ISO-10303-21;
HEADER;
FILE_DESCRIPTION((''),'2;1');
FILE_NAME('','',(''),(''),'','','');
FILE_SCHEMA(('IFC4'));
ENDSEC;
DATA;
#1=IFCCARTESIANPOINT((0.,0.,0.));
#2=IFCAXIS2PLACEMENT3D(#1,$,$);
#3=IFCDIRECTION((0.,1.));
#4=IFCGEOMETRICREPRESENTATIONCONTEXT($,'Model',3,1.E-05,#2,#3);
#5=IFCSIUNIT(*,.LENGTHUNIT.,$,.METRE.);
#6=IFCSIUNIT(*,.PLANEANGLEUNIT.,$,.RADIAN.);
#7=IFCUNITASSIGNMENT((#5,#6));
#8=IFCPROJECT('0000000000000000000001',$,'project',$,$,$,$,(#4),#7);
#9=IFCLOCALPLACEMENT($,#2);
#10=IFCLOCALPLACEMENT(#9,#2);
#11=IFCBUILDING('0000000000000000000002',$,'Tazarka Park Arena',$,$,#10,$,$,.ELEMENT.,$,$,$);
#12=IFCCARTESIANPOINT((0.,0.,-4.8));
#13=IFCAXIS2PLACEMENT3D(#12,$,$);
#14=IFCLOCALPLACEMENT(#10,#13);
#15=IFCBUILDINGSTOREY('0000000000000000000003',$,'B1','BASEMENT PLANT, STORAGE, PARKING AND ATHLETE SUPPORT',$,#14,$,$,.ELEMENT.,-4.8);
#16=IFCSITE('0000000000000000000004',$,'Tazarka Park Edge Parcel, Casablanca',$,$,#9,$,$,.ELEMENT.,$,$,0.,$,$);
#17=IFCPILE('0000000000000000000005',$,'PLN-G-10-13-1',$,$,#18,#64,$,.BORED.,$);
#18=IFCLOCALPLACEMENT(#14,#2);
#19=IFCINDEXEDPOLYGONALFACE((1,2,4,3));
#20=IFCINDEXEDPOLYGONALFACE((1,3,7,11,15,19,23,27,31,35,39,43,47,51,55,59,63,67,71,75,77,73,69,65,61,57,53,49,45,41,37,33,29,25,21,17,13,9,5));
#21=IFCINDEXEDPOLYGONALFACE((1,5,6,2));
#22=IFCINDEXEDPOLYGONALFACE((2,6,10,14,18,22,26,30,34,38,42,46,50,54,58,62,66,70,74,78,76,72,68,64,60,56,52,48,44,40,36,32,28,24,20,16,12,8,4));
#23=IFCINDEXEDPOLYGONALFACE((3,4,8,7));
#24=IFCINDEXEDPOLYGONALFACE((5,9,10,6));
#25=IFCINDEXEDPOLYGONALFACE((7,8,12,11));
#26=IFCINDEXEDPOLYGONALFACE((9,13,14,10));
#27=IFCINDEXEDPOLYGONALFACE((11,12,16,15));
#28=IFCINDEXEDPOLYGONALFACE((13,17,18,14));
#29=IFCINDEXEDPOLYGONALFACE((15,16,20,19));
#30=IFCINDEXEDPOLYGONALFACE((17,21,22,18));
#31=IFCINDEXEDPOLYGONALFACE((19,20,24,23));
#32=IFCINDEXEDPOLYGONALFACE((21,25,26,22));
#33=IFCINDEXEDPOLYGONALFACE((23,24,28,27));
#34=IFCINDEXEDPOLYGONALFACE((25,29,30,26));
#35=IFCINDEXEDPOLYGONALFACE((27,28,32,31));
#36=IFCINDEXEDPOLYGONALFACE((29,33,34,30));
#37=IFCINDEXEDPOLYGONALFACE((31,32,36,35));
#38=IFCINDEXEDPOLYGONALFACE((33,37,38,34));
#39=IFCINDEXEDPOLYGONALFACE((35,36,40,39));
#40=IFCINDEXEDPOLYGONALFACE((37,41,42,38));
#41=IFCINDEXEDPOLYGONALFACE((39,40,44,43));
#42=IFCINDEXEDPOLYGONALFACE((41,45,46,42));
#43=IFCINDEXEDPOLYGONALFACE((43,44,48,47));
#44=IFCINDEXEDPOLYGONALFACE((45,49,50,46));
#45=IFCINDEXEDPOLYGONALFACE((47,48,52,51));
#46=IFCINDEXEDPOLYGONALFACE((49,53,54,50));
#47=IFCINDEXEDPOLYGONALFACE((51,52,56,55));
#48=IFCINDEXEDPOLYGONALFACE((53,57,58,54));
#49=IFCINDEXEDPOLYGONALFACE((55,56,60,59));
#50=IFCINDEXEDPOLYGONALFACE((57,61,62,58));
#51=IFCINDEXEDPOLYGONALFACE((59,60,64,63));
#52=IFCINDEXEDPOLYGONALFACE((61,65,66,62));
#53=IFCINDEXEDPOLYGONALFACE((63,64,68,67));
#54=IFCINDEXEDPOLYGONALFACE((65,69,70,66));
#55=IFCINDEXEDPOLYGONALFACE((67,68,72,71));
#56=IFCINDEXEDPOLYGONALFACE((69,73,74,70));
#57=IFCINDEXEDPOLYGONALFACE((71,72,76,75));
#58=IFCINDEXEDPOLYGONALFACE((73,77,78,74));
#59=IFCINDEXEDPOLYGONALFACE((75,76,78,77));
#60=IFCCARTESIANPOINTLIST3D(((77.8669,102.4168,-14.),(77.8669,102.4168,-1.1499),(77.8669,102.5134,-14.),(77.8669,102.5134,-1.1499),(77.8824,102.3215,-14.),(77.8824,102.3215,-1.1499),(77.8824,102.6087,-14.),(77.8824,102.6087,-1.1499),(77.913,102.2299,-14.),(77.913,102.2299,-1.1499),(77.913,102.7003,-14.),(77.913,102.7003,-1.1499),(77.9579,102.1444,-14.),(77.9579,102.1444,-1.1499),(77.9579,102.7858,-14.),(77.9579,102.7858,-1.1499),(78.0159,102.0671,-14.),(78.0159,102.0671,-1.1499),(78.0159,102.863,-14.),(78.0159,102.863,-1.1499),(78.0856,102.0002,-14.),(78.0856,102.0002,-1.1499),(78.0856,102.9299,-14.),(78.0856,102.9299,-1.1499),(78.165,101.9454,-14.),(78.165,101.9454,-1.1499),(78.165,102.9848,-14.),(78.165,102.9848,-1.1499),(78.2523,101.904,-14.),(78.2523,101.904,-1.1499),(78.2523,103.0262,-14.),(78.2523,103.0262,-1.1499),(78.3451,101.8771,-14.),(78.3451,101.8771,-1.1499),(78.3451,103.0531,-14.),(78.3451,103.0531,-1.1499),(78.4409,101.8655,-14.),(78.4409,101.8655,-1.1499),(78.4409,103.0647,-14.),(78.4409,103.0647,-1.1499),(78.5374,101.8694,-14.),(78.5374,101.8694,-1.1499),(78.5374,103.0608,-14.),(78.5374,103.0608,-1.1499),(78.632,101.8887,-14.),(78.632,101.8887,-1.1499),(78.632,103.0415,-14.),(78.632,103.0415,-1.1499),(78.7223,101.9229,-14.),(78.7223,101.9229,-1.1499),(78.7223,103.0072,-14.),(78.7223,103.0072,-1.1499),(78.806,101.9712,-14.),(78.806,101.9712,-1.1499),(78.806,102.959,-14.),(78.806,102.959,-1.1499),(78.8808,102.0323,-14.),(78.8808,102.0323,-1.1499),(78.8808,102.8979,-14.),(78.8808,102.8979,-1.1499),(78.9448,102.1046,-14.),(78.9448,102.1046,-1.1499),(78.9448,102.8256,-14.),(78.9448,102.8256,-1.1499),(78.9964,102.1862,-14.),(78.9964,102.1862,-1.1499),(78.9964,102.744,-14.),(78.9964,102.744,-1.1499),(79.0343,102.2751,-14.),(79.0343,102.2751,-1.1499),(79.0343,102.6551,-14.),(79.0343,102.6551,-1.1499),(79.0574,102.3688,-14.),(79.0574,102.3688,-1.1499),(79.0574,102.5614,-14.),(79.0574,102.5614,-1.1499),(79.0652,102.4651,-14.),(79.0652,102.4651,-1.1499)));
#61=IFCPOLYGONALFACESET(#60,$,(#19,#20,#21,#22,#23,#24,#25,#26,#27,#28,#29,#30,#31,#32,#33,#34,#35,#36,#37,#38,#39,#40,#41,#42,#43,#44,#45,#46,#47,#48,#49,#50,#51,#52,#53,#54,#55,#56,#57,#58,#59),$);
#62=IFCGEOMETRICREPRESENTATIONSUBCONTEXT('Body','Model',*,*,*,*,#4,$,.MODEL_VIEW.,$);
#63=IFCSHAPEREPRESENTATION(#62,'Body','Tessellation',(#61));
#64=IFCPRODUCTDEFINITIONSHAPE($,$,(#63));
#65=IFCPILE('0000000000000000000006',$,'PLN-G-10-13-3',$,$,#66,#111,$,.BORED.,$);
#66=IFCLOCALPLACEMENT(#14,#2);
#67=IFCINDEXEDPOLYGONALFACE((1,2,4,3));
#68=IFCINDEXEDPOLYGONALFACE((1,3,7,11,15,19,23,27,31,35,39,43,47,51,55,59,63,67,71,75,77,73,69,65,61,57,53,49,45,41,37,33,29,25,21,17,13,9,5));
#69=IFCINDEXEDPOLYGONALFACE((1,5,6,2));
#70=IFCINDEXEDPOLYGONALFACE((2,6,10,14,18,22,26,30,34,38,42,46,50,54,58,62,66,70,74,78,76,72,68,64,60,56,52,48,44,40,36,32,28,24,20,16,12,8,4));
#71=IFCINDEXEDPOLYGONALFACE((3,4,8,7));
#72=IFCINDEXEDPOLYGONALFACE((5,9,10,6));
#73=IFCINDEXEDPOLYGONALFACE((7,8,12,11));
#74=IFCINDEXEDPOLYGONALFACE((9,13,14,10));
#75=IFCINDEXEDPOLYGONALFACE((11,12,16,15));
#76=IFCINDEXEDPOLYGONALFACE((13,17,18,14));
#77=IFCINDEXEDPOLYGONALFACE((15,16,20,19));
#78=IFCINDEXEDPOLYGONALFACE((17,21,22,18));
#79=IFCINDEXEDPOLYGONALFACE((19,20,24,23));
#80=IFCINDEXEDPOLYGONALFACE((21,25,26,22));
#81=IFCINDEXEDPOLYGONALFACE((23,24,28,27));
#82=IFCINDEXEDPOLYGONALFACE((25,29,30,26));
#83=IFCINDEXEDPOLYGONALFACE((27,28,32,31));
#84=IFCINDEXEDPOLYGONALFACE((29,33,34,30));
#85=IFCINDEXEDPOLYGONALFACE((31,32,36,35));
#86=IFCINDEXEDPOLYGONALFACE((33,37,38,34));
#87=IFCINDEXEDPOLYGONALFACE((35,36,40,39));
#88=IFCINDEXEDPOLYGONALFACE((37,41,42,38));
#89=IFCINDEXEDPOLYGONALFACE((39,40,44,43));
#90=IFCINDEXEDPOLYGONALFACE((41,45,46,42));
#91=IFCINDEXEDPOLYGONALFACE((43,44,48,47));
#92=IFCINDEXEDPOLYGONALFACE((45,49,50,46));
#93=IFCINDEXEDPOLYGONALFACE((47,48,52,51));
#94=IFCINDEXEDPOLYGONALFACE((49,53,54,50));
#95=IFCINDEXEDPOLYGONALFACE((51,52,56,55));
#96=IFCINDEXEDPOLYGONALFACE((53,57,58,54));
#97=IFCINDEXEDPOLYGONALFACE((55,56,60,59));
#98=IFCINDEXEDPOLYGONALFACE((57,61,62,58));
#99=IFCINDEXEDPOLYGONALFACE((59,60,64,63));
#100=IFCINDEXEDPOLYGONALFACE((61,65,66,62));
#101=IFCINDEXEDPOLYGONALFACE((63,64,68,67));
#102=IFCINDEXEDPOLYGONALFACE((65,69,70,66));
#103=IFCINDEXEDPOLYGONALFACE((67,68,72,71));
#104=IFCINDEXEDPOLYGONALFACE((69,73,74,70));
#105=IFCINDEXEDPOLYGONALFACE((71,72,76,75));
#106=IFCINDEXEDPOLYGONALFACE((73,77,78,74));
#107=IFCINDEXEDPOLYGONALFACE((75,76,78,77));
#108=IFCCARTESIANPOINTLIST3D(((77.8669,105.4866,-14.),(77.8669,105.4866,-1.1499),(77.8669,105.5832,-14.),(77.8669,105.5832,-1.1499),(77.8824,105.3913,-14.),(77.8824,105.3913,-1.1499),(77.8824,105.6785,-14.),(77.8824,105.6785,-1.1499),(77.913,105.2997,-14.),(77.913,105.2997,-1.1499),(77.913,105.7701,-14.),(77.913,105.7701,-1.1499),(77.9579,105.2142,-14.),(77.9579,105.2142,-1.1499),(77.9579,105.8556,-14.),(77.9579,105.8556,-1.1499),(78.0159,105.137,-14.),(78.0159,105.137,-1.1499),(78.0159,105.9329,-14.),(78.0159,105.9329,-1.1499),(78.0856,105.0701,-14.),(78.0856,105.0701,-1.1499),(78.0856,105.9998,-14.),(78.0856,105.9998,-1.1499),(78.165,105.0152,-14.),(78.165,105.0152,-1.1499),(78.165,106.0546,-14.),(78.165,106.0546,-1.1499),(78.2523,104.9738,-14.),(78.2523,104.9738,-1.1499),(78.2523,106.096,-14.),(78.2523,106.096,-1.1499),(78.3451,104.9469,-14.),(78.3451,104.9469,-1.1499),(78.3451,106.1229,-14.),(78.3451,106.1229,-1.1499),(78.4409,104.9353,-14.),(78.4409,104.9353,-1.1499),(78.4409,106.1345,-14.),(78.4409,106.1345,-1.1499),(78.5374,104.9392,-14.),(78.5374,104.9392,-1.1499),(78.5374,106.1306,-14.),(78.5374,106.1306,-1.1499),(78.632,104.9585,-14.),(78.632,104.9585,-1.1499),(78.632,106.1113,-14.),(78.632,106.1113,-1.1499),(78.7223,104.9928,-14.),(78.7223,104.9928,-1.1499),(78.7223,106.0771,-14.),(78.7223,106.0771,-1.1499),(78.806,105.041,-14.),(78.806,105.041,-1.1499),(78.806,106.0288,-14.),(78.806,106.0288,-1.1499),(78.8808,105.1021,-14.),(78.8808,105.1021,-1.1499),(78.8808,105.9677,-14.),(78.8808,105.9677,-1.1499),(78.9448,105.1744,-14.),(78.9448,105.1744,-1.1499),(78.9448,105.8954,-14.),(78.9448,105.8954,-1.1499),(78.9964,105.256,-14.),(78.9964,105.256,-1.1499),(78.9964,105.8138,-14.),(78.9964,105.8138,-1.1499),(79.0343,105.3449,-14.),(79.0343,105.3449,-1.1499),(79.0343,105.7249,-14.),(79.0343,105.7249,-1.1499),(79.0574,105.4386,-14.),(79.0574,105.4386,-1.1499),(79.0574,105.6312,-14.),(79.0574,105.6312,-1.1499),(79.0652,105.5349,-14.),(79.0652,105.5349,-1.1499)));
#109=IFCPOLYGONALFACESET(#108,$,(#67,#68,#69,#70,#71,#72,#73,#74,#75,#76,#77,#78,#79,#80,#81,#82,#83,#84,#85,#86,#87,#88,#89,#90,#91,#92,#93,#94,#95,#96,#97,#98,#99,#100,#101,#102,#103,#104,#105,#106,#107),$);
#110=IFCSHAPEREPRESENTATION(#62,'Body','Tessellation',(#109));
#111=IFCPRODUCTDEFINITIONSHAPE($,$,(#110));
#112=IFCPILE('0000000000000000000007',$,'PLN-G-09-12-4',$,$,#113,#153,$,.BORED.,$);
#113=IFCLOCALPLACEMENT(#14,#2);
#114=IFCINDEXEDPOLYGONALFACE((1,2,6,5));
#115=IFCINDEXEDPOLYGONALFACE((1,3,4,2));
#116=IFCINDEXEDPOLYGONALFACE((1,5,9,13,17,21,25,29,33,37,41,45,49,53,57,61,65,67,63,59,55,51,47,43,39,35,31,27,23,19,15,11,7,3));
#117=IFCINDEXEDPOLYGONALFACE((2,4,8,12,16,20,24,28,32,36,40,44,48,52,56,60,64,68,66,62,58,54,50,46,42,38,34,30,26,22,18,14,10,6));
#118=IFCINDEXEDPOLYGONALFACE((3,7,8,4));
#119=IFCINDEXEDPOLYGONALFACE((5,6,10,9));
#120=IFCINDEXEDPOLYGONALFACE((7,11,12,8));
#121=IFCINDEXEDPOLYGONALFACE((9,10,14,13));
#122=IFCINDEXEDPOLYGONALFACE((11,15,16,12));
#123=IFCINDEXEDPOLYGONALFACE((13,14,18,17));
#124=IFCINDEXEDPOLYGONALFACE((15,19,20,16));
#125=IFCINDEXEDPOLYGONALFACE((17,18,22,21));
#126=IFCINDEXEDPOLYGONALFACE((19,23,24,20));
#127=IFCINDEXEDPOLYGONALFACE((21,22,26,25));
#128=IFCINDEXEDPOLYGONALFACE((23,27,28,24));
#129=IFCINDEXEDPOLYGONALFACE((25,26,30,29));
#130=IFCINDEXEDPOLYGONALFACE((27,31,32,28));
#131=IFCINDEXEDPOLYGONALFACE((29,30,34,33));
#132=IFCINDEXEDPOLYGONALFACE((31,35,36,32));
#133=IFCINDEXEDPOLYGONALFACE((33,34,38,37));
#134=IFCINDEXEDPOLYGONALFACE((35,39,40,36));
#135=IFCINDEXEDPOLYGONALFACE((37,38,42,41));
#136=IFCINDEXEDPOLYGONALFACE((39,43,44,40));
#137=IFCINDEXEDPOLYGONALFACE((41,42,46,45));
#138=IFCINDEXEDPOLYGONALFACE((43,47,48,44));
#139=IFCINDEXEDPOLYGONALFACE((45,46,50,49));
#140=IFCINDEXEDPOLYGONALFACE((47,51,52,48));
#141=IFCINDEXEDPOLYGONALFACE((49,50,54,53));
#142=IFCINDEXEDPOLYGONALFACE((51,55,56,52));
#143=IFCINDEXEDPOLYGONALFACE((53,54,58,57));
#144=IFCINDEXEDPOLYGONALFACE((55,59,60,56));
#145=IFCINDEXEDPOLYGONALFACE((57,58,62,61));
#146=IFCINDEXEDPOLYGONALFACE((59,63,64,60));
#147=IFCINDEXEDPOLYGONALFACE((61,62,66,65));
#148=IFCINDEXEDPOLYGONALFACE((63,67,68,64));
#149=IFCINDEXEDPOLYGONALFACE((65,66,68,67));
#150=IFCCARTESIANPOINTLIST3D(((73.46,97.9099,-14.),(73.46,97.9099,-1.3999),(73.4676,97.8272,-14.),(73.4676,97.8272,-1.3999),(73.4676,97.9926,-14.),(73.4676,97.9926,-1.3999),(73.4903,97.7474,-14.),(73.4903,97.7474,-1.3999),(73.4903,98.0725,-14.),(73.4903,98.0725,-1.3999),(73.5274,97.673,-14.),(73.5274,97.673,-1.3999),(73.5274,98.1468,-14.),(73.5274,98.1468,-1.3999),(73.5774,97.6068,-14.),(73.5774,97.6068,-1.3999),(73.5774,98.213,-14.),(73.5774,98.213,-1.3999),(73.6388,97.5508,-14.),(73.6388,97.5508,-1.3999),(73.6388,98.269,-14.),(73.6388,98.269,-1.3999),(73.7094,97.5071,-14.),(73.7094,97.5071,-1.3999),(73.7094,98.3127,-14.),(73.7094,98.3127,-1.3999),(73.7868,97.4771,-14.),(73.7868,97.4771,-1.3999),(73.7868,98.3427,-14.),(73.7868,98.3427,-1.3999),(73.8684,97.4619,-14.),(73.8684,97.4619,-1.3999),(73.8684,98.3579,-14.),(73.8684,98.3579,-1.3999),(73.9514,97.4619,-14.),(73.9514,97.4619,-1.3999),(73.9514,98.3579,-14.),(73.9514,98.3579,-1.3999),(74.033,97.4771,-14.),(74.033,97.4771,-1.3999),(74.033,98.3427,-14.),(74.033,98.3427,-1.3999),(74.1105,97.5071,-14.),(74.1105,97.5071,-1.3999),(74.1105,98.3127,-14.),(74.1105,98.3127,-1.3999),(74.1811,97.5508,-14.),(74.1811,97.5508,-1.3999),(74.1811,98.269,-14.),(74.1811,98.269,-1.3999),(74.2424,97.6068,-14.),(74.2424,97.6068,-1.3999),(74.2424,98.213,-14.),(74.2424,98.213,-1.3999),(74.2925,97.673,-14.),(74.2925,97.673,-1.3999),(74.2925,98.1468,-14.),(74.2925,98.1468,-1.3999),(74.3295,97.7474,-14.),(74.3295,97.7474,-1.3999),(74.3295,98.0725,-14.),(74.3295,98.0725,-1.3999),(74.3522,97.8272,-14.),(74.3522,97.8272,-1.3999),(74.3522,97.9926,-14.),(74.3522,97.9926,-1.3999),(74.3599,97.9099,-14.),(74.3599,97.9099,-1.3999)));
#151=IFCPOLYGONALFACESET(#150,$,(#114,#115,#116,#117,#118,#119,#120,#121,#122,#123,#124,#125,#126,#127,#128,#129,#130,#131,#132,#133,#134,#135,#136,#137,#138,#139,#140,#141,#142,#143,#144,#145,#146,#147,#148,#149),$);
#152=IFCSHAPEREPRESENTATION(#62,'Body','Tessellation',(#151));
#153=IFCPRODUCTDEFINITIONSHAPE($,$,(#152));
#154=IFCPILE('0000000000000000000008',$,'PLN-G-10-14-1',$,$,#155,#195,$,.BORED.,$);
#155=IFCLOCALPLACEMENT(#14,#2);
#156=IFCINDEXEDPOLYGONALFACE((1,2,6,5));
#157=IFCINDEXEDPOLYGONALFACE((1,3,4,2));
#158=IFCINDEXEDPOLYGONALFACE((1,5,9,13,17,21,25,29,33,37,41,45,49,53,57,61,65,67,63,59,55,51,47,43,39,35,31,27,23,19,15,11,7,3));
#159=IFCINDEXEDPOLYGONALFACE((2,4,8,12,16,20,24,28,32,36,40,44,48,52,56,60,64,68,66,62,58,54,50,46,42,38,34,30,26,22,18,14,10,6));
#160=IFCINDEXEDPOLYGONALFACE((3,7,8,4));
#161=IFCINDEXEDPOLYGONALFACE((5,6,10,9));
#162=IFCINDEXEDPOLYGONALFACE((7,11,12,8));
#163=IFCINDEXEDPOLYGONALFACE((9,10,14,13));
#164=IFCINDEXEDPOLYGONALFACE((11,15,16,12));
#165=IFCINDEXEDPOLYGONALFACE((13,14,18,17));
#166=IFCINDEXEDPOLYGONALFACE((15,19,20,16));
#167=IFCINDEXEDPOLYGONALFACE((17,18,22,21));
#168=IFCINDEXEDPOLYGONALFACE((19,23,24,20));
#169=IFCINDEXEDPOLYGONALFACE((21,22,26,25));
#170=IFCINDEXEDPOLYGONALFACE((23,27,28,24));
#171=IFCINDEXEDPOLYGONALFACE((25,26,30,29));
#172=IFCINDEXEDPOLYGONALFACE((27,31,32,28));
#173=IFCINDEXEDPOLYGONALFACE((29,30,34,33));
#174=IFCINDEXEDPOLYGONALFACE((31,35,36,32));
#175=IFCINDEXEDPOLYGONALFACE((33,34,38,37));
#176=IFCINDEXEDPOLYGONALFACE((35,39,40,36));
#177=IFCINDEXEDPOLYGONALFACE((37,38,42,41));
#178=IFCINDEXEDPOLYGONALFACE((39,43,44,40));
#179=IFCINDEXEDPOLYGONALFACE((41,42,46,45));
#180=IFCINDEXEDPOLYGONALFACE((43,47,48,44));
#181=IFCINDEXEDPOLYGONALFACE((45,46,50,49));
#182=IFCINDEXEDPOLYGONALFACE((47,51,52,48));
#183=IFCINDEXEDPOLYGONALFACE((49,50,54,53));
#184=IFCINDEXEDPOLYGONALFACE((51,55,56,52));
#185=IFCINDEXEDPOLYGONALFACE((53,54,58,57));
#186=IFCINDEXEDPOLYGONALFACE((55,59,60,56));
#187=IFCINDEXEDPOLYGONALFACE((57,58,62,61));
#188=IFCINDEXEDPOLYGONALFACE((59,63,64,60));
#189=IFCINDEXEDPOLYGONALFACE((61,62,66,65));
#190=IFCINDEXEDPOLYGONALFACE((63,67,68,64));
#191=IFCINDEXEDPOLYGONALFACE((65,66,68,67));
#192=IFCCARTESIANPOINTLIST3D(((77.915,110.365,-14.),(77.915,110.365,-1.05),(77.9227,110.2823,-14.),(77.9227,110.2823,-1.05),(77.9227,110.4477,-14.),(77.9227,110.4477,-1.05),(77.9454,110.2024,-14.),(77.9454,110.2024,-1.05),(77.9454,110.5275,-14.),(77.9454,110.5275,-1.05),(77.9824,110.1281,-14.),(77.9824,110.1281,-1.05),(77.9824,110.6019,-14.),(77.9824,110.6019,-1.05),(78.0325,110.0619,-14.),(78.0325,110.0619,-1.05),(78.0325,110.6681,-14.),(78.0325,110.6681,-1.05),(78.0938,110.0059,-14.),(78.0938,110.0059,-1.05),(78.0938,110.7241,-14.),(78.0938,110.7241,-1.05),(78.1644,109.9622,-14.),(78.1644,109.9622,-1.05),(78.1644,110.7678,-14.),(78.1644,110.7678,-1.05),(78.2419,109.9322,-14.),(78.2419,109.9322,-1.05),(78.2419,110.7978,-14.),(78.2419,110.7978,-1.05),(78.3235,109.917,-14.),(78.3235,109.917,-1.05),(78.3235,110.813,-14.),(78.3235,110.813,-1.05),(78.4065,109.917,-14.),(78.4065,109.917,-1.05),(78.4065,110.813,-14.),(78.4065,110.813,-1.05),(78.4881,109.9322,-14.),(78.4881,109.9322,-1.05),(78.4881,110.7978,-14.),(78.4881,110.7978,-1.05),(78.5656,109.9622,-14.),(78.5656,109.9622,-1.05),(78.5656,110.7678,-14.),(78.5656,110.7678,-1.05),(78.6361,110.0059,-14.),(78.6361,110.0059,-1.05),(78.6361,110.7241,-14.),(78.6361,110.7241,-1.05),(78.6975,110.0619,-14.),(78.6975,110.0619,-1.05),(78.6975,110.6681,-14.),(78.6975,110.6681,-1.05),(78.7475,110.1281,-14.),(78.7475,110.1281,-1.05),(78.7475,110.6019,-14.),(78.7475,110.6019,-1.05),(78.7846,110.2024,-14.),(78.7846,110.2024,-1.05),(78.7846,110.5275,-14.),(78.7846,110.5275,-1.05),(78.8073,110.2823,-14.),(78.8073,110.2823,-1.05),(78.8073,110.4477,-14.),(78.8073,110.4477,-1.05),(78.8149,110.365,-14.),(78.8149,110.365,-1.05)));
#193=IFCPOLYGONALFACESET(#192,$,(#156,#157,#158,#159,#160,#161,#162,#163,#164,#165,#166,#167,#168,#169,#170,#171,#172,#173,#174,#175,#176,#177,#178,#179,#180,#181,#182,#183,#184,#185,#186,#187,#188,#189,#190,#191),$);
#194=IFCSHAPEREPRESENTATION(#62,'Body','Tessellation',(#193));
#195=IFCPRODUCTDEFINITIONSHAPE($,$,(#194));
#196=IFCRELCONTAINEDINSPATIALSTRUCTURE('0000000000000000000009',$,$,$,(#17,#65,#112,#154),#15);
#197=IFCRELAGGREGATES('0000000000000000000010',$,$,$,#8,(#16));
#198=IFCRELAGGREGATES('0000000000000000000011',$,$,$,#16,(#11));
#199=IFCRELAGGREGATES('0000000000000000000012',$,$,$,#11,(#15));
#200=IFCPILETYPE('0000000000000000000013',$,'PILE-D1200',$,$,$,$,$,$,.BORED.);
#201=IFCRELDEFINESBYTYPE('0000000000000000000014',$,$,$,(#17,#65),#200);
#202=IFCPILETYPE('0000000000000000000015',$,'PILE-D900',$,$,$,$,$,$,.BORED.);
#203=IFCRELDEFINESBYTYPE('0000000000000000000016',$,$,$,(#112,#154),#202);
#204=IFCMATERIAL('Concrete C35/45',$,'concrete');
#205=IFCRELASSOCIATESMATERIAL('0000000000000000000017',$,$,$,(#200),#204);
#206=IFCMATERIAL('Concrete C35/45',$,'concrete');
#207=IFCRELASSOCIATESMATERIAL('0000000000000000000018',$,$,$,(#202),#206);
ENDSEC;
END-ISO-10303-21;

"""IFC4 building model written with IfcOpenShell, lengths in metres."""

from ifc_helpers import new_model, si_unit, direction, frame, origin, origin_2d, place, context, subcontext, project, spatial, circle, extrude, material, material_profile, profile_set, type_object, element, save


model = new_model("IFC4")

# Units and contexts
model_context = context("Model", 3, precision=1e-05, world=origin(), true_north=direction((0.0, 1.0)))
body_context = subcontext(model_context, "Body", "Model", "MODEL_VIEW")
ifc_project = project(units=[si_unit("LENGTHUNIT", "METRE"), si_unit("PLANEANGLEUNIT", "RADIAN")], contexts=[model_context])

# Site, building, storey
site_placement = place(None, origin())
site = spatial("IfcSite", under=ifc_project, at=site_placement, Name="Tazarka Park Edge Parcel, Casablanca", CompositionType="ELEMENT", RefElevation=0.0)
building_placement = place(site_placement, origin())
building = spatial("IfcBuilding", under=site, at=building_placement, Name="Tazarka Park Arena", CompositionType="ELEMENT")
storey_placement = place(building_placement, frame((0.0, 0.0, -4.8)))
storey = spatial("IfcBuildingStorey", under=building, at=storey_placement, Name="B1", Description="BASEMENT PLANT, STORAGE, PARKING AND ATHLETE SUPPORT", CompositionType="ELEMENT", Elevation=-4.8)

# Piles
ifc_material_1 = material(Name="Concrete C35/45", Category="concrete")
ifc_material_profile_1 = material_profile(ifc_material_1, circle(Radius=0.6001, at=origin_2d()), Name="Concrete C35/45")
ifc_profile_set_1 = profile_set([ifc_material_profile_1], Name="Concrete C35/45")
pile_type_1 = type_object("IfcPileType", Name="PILE-D1200", PredefinedType="BORED", material=ifc_profile_set_1)
for number, where, z_axis, x_axis, name in (
    (1, (78.4651, 102.4651, -1.1499), (0.0, 0.0, -1.0), (1.0, 0.0, 0.0), "PLN-G-10-13-1"),
    (2, (78.4651, 105.5349, -1.1499), (0.0, 0.0, -1.0), (1.0, 0.0, 0.0), "PLN-G-10-13-3"),
):
    element("IfcPile", number, at=place(storey_placement, frame(where, z_axis=z_axis, x_axis=x_axis)), inside=storey, type_object=pile_type_1, Name=name, PredefinedType="BORED", context=body_context, shape_type="SweptSolid", body=[
        extrude(circle(Radius=0.6001, at=origin_2d()), origin(), (0.0, 0.0, 1.0), 12.8501),
    ])
ifc_material_2 = material(Name="Concrete C35/45", Category="concrete")
ifc_material_profile_2 = material_profile(ifc_material_2, circle(Radius=0.45, at=origin_2d()), Name="Concrete C35/45")
ifc_profile_set_2 = profile_set([ifc_material_profile_2], Name="Concrete C35/45")
pile_type_2 = type_object("IfcPileType", Name="PILE-D900", PredefinedType="BORED", material=ifc_profile_set_2)
pile_1_placement = place(storey_placement, frame((73.9099, 97.9099, -1.3999), z_axis=(0.0, 0.0, -1.0), x_axis=(1.0, 0.0, 0.0)))
element("IfcPile", 3, at=pile_1_placement, inside=storey, type_object=pile_type_2, Name="PLN-G-09-12-4", PredefinedType="BORED", context=body_context, shape_type="SweptSolid", body=[
    extrude(circle(Radius=0.45, at=origin_2d()), origin(), (0.0, 0.0, 1.0), 12.6001),
])
pile_2_placement = place(storey_placement, frame((78.365, 110.365, -1.05), z_axis=(0.0, 0.0, -1.0), x_axis=(1.0, 0.0, 0.0)))
element("IfcPile", 4, at=pile_2_placement, inside=storey, type_object=pile_type_2, Name="PLN-G-10-14-1", PredefinedType="BORED", context=body_context, shape_type="SweptSolid", body=[
    extrude(circle(Radius=0.45, at=origin_2d()), origin(), (0.0, 0.0, 1.0), 12.95),
])

save(model, "model.ifc")
